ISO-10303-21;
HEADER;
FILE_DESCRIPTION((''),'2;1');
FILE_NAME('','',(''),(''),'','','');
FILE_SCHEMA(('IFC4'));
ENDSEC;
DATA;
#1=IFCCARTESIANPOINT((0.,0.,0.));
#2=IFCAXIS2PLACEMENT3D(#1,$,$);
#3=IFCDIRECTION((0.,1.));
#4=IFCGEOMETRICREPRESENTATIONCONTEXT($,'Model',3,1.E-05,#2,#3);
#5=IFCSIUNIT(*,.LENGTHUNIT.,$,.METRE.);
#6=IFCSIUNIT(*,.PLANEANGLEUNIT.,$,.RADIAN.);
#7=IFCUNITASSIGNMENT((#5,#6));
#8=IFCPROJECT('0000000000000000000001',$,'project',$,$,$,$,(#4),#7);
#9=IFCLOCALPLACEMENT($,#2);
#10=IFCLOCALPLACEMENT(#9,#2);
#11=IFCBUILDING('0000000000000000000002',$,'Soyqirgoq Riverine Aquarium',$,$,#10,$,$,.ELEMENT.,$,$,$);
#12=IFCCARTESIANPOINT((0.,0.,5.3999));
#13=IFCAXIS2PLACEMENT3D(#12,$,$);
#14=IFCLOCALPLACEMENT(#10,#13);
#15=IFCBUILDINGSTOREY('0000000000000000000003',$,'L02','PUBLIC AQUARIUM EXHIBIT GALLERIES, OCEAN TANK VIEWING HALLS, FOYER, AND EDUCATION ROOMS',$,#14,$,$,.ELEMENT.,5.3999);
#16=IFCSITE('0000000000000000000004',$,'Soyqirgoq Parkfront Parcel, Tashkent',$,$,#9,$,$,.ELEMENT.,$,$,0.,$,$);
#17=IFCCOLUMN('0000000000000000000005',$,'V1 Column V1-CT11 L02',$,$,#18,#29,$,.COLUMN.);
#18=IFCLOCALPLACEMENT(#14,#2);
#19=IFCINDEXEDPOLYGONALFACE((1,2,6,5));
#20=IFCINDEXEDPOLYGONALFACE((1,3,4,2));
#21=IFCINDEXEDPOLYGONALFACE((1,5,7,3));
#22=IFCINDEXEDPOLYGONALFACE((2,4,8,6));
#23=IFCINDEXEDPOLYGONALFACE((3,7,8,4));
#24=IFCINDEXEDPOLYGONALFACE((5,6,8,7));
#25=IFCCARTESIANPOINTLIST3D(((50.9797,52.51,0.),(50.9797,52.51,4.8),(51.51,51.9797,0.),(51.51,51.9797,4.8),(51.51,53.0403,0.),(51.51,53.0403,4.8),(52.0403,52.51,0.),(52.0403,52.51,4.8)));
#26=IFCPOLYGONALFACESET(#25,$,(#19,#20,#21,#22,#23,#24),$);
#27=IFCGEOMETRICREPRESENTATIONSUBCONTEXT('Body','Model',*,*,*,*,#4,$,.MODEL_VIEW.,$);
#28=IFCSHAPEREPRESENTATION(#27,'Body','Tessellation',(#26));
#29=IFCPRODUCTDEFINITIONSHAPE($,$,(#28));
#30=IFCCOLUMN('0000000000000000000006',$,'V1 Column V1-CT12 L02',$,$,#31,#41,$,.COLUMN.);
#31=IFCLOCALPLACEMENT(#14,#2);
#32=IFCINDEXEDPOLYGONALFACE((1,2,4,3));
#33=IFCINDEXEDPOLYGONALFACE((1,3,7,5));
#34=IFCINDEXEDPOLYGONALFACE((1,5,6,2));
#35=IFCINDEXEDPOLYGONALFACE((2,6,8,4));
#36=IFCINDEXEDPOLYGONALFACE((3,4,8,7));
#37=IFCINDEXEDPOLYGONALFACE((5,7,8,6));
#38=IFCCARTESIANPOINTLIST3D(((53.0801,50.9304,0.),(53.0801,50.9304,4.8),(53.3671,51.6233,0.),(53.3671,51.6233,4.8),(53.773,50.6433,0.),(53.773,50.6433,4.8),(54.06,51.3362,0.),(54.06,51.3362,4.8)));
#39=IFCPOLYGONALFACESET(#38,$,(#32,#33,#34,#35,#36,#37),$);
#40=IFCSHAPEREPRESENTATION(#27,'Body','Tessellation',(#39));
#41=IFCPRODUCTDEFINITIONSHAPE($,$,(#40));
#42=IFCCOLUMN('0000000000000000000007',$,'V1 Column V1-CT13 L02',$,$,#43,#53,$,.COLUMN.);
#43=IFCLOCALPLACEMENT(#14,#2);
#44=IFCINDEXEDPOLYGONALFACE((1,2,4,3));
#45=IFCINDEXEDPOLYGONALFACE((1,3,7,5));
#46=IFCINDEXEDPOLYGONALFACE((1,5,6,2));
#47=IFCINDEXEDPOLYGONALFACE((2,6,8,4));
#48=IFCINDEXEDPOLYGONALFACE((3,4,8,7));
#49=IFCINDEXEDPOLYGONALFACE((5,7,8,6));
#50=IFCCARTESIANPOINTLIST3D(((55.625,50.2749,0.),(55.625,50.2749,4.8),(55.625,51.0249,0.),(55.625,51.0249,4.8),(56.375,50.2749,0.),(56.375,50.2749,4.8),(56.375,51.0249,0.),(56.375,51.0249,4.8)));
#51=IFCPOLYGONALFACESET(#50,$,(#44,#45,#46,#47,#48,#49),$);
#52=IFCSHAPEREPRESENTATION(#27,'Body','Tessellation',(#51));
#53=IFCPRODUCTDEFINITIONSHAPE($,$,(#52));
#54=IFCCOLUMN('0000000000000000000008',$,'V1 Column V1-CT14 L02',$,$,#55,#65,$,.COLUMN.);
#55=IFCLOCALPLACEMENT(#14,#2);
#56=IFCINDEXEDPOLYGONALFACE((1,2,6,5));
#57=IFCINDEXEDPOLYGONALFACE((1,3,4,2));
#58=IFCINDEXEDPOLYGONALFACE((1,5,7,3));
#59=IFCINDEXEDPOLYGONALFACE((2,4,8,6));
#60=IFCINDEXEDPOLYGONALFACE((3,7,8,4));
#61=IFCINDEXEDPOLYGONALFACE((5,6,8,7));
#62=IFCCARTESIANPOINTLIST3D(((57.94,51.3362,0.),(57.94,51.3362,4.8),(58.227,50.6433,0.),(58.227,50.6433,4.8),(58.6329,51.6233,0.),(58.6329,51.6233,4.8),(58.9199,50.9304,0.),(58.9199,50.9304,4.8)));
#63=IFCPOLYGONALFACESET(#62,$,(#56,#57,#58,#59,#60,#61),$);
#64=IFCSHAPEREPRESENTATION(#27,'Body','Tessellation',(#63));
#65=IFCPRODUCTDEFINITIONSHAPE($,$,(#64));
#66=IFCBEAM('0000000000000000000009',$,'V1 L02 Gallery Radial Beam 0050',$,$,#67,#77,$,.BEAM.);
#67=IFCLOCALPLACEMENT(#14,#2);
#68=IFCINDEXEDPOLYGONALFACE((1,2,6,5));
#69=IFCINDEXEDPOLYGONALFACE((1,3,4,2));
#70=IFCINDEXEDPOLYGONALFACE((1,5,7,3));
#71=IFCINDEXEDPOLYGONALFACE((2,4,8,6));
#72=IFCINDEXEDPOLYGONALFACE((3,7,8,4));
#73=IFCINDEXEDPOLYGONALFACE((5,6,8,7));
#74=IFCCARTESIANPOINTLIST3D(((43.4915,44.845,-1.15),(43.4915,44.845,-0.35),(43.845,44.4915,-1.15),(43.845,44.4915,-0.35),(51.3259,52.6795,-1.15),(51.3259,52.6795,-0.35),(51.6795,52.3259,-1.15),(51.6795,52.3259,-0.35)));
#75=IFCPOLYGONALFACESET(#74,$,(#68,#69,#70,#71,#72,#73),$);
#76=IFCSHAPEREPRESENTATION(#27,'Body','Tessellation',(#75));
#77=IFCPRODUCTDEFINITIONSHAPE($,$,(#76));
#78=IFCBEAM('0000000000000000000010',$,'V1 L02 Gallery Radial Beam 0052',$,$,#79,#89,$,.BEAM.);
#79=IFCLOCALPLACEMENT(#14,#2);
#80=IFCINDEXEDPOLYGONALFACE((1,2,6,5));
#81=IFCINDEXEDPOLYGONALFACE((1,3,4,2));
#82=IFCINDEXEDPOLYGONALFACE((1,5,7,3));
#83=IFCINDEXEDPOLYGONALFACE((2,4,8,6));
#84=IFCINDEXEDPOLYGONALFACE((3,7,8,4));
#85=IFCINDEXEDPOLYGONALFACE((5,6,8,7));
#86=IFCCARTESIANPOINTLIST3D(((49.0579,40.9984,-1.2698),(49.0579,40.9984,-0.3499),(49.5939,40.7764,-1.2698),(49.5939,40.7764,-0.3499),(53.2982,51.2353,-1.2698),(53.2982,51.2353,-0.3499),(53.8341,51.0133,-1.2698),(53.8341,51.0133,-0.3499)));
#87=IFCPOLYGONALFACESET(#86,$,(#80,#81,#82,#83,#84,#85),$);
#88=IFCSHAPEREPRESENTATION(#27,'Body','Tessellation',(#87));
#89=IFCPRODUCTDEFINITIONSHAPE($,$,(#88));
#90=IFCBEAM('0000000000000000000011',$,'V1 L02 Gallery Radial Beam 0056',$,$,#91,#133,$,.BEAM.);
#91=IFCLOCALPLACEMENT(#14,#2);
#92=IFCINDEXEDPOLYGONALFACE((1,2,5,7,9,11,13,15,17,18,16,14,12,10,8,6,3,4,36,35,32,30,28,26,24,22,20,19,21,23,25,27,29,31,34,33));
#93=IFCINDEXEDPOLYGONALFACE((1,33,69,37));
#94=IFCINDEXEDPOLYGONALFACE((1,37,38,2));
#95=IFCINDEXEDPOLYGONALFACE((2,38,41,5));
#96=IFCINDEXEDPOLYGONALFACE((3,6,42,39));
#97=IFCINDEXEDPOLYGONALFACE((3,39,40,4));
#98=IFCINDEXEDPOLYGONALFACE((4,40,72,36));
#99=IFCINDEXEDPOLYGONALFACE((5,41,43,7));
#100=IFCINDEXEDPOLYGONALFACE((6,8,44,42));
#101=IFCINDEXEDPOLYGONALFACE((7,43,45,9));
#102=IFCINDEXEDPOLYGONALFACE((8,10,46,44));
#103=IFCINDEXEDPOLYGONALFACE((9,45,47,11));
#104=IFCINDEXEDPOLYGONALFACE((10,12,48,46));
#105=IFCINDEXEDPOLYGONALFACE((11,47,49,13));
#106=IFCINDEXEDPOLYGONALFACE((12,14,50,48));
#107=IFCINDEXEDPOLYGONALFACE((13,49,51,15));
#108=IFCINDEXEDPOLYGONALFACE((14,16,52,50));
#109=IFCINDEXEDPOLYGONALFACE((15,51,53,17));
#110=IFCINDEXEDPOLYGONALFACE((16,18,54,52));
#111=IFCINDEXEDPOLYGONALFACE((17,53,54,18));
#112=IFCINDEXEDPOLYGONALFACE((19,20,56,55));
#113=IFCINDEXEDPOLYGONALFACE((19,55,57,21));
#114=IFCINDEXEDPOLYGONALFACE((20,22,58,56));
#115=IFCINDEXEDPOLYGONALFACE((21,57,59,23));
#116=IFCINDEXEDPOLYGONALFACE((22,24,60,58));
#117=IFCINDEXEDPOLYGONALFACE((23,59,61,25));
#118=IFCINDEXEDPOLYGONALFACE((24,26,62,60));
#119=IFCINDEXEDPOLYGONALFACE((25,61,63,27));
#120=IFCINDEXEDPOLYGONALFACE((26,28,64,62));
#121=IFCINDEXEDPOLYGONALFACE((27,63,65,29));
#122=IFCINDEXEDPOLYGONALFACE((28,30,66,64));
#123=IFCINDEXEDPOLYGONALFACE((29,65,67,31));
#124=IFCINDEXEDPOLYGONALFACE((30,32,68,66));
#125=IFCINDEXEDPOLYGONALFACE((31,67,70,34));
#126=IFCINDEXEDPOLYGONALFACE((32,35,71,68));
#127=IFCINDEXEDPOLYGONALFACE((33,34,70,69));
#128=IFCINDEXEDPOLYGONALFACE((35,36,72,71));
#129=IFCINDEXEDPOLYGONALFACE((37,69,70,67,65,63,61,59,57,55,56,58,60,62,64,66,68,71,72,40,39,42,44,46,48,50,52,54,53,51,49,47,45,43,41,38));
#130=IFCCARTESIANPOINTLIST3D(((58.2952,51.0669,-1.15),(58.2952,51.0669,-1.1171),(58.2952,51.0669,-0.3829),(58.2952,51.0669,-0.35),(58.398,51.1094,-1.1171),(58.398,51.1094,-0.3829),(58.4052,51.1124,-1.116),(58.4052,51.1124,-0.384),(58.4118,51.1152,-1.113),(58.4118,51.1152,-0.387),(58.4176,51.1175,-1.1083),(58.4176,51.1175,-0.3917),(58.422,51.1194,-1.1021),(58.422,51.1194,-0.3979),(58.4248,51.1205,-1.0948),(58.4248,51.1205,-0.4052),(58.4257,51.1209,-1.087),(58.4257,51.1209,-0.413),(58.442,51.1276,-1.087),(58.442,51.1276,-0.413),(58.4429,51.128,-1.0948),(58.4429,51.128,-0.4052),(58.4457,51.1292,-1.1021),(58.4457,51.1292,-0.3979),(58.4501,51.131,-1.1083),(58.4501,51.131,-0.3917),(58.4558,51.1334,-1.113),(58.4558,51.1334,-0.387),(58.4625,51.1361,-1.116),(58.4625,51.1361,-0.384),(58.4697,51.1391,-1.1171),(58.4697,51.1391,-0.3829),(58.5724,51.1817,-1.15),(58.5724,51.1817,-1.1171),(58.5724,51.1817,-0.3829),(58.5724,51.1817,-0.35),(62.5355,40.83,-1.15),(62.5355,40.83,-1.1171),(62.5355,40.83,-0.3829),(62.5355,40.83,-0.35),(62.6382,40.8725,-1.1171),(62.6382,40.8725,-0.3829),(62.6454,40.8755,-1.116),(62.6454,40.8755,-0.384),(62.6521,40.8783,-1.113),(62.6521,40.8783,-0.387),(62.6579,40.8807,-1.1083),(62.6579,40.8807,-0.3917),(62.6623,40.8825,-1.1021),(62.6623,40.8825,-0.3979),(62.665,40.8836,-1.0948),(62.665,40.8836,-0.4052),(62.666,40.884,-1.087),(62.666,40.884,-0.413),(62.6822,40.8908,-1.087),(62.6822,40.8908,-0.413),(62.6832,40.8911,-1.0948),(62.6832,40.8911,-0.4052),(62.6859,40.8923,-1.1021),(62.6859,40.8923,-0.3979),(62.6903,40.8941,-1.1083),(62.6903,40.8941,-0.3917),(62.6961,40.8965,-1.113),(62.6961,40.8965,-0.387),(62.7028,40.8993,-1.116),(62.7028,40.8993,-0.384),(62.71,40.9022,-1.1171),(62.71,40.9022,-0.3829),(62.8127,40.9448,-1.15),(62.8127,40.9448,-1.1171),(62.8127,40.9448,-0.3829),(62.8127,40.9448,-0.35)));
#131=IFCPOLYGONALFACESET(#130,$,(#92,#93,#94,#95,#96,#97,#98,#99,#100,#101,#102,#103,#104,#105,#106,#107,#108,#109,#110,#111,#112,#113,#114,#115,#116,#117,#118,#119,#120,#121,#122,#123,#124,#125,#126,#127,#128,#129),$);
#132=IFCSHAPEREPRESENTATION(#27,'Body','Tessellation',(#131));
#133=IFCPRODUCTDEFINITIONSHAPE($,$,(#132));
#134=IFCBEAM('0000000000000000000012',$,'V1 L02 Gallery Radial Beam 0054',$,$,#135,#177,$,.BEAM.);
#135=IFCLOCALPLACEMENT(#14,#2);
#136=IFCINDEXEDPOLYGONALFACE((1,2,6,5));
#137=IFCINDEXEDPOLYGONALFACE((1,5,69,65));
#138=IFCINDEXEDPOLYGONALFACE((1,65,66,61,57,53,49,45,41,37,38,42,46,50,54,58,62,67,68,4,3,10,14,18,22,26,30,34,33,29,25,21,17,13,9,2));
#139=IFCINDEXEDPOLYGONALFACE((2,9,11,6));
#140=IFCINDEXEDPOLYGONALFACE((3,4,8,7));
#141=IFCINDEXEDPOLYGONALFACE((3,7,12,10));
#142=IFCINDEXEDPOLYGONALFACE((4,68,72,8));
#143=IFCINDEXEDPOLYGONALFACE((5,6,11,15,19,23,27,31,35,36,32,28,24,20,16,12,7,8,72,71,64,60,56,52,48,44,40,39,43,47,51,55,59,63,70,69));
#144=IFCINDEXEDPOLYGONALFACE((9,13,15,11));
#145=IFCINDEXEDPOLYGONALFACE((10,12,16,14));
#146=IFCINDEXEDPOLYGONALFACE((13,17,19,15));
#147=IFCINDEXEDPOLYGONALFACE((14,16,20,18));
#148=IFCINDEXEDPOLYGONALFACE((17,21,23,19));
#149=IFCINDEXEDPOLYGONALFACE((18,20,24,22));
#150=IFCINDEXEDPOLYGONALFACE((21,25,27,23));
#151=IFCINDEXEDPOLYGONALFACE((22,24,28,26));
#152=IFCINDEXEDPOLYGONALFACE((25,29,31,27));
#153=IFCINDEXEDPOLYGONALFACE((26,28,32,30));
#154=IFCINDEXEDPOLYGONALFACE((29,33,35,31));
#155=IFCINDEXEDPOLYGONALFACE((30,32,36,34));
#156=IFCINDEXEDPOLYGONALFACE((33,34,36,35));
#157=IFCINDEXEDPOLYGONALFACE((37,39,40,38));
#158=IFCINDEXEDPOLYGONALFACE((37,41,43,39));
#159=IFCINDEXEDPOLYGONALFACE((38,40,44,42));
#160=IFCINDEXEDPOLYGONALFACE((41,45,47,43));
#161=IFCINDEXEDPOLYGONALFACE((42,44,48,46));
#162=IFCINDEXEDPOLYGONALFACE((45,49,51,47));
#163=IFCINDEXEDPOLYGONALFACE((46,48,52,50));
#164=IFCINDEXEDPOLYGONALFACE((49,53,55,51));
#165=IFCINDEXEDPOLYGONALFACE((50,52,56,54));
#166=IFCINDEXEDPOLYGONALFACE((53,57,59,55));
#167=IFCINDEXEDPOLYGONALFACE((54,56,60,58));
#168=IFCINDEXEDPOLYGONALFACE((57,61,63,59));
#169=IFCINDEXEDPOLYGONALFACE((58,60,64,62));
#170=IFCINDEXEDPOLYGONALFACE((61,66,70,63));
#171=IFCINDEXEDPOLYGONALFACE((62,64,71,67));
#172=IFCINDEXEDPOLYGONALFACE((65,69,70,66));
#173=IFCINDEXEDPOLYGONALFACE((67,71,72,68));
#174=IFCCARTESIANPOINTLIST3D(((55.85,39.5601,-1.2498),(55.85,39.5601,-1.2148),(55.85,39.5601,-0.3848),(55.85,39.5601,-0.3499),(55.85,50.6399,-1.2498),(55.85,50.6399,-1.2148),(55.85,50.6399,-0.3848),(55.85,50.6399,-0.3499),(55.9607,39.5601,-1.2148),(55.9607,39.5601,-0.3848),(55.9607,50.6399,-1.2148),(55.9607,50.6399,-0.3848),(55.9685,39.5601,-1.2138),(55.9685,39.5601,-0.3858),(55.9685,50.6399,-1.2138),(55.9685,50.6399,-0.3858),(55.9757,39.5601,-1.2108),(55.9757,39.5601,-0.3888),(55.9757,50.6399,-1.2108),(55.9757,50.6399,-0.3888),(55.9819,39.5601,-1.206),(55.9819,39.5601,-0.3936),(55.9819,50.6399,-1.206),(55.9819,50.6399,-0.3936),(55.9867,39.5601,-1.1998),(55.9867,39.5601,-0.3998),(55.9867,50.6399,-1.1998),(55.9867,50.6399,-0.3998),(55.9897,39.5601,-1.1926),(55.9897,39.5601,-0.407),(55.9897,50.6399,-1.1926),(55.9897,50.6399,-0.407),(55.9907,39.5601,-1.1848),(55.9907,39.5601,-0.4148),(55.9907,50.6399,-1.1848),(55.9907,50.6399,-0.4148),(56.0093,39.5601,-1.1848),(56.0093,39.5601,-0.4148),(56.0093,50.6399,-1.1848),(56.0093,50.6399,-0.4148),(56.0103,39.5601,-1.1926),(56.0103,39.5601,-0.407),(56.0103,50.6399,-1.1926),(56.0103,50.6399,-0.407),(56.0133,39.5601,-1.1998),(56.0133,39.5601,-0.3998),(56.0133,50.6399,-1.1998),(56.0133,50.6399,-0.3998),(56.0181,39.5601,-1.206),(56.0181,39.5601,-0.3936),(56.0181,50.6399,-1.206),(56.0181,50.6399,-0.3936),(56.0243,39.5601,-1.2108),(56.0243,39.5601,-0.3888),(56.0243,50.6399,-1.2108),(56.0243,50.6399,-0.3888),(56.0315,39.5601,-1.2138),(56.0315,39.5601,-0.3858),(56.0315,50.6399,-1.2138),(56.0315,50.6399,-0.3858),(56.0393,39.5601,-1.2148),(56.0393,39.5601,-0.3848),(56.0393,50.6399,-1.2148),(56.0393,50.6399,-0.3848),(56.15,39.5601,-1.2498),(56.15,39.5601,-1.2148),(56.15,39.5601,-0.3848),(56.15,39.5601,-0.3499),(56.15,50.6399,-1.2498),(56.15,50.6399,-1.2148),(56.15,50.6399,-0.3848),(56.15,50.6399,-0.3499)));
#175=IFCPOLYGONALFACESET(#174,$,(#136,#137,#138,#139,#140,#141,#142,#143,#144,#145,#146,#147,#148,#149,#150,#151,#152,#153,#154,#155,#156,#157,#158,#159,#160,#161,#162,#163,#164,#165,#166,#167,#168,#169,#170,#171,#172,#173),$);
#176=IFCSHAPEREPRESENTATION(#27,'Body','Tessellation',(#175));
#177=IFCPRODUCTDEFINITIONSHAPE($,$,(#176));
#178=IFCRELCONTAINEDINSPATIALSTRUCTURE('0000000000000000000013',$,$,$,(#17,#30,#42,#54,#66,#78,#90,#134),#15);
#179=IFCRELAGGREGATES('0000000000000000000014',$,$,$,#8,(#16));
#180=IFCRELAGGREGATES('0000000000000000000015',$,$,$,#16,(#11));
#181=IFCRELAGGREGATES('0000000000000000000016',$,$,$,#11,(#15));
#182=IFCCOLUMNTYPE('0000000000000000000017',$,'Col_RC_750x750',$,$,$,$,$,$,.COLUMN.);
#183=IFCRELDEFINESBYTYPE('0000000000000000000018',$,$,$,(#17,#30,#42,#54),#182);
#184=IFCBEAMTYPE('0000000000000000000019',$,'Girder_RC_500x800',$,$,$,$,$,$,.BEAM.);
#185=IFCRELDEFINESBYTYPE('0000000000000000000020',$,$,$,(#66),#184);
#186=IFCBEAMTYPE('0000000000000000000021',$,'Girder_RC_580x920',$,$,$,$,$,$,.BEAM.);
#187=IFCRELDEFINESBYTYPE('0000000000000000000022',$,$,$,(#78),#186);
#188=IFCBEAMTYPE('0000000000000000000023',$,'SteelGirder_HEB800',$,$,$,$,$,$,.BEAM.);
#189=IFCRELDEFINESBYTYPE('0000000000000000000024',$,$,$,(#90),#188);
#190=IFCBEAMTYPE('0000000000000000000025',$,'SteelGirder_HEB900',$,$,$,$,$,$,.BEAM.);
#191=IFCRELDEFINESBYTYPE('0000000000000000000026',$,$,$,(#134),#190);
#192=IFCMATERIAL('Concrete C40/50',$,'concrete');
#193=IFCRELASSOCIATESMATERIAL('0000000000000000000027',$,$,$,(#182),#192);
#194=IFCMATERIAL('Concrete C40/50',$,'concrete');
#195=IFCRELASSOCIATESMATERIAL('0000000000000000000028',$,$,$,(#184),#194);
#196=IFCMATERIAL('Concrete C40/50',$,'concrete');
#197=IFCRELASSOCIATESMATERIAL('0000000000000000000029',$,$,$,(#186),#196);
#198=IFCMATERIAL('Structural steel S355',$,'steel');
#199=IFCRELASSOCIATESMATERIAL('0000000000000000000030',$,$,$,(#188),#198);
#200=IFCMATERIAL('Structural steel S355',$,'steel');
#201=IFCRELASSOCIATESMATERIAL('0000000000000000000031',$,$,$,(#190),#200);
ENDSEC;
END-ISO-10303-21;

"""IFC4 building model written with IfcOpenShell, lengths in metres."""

from ifc_helpers import new_model, si_unit, direction, frame, origin, origin_2d, place, context, subcontext, project, spatial, rectangle, i_section, extrude, material, material_profile, profile_set, type_object, element, save


model = new_model("IFC4")

# Units and contexts
model_context = context("Model", 3, precision=1e-05, world=origin(), true_north=direction((0.0, 1.0)))
body_context = subcontext(model_context, "Body", "Model", "MODEL_VIEW")
ifc_project = project(units=[si_unit("LENGTHUNIT", "METRE"), si_unit("PLANEANGLEUNIT", "RADIAN")], contexts=[model_context])

# Site, building, storey
site_placement = place(None, origin())
site = spatial("IfcSite", under=ifc_project, at=site_placement, Name="Soyqirgoq Parkfront Parcel, Tashkent", CompositionType="ELEMENT", RefElevation=0.0)
building_placement = place(site_placement, origin())
building = spatial("IfcBuilding", under=site, at=building_placement, Name="Soyqirgoq Riverine Aquarium", CompositionType="ELEMENT")
storey_placement = place(building_placement, frame((0.0, 0.0, 5.3999)))
storey = spatial("IfcBuildingStorey", under=building, at=storey_placement, Name="L02", Description="PUBLIC AQUARIUM EXHIBIT GALLERIES, OCEAN TANK VIEWING HALLS, FOYER, AND EDUCATION ROOMS", CompositionType="ELEMENT", Elevation=5.3999)

# Columns
ifc_material_1 = material(Name="Concrete C40/50", Category="concrete")
ifc_material_profile_1 = material_profile(ifc_material_1, rectangle(XDim=0.75, YDim=0.75, at=origin_2d()), Name="RC 750x750")
ifc_profile_set_1 = profile_set([ifc_material_profile_1], Name="Concrete C40/50")
column_type = type_object("IfcColumnType", Name="Col_RC_750x750", PredefinedType="COLUMN", material=ifc_profile_set_1)
for number, where, z_axis, x_axis, name in (
    (1, (51.51, 52.51, 0.0), (0.0, 0.0, 1.0), (-0.707107, -0.707107, 0.0), "V1 Column V1-CT11 L02"),
    (2, (53.5701, 51.1333, 0.0), (0.0, 0.0, 1.0), (-0.382683, -0.92388, 0.0), "V1 Column V1-CT12 L02"),
    (3, (56.0, 50.6499, 0.0), (0.0, 0.0, 1.0), (0.0, -1.0, 0.0), "V1 Column V1-CT13 L02"),
    (4, (58.4299, 51.1333, 0.0), (0.0, 0.0, 1.0), (0.382683, -0.92388, 0.0), "V1 Column V1-CT14 L02"),
):
    element("IfcColumn", number, at=place(storey_placement, frame(where, z_axis=z_axis, x_axis=x_axis)), inside=storey, type_object=column_type, Name=name, PredefinedType="COLUMN", context=body_context, shape_type="SweptSolid", body=[
        extrude(rectangle(XDim=0.75, YDim=0.75, at=origin_2d()), origin(), (0.0, 0.0, 1.0), 4.8),
    ])

# Beams
ifc_material_2 = material(Name="Concrete C40/50", Category="concrete")
ifc_material_profile_2 = material_profile(ifc_material_2, rectangle(XDim=0.5, YDim=0.8, at=origin_2d()), Name="RC 500x800")
ifc_profile_set_2 = profile_set([ifc_material_profile_2], Name="Concrete C40/50")
beam_type_1 = type_object("IfcBeamType", Name="Girder_RC_500x800", PredefinedType="BEAM", material=ifc_profile_set_2)
beam_1_placement = place(storey_placement, frame((51.5027, 52.5027, -0.75), z_axis=(-0.707107, -0.707107, 0.0), x_axis=(0.707107, -0.707107, 0.0)))
element("IfcBeam", 5, at=beam_1_placement, inside=storey, type_object=beam_type_1, Name="V1 L02 Gallery Radial Beam 0050", PredefinedType="BEAM", context=body_context, shape_type="SweptSolid", body=[
    extrude(rectangle(XDim=0.5, YDim=0.8, at=origin_2d()), origin(), (0.0, 0.0, 1.0), 11.0796),
])
ifc_material_3 = material(Name="Concrete C40/50", Category="concrete")
ifc_material_profile_3 = material_profile(ifc_material_3, rectangle(XDim=0.5801, YDim=0.9199, at=origin_2d()), Name="RC 580x920")
ifc_profile_set_3 = profile_set([ifc_material_profile_3], Name="Concrete C40/50")
beam_type_2 = type_object("IfcBeamType", Name="Girder_RC_580x920", PredefinedType="BEAM", material=ifc_profile_set_3)
beam_2_placement = place(storey_placement, frame((53.5662, 51.1243, -0.8098), z_axis=(-0.382684, -0.923879, 0.0), x_axis=(0.923879, -0.382684, 0.0)))
element("IfcBeam", 6, at=beam_2_placement, inside=storey, type_object=beam_type_2, Name="V1 L02 Gallery Radial Beam 0052", PredefinedType="BEAM", context=body_context, shape_type="SweptSolid", body=[
    extrude(rectangle(XDim=0.5801, YDim=0.9199, at=origin_2d()), origin(), (0.0, 0.0, 1.0), 11.0803),
])
ifc_material_4 = material(Name="Structural steel S355", Category="steel")
ifc_material_profile_4 = material_profile(ifc_material_4, i_section(OverallWidth=0.3, OverallDepth=0.8, WebThickness=0.0176, FlangeThickness=0.033, FilletRadius=0.03, at=origin_2d()), Name="HEB 800")
ifc_profile_set_4 = profile_set([ifc_material_profile_4], Name="Structural steel S355")
beam_type_3 = type_object("IfcBeamType", Name="SteelGirder_HEB800", PredefinedType="BEAM", material=ifc_profile_set_4)
beam_3_placement = place(storey_placement, frame((58.4338, 51.1243, -0.75), z_axis=(0.382684, -0.923879, 0.0), x_axis=(0.923879, 0.382684, 0.0)))
element("IfcBeam", 7, at=beam_3_placement, inside=storey, type_object=beam_type_3, Name="V1 L02 Gallery Radial Beam 0056", PredefinedType="BEAM", context=body_context, shape_type="SweptSolid", body=[
    extrude(i_section(OverallWidth=0.3, OverallDepth=0.8, WebThickness=0.0176, FlangeThickness=0.033, FilletRadius=0.03, at=origin_2d()), origin(), (0.0, 0.0, 1.0), 11.0803),
])
ifc_material_5 = material(Name="Structural steel S355", Category="steel")
ifc_material_profile_5 = material_profile(ifc_material_5, i_section(OverallWidth=0.3, OverallDepth=0.8999, WebThickness=0.0186, FlangeThickness=0.0349, FilletRadius=0.03, at=origin_2d()), Name="HEB 900")
ifc_profile_set_5 = profile_set([ifc_material_profile_5], Name="Structural steel S355")
beam_type_4 = type_object("IfcBeamType", Name="SteelGirder_HEB900", PredefinedType="BEAM", material=ifc_profile_set_5)
beam_4_placement = place(storey_placement, frame((56.0, 50.6399, -0.7998), z_axis=(0.0, -1.0, 0.0), x_axis=(1.0, 0.0, 0.0)))
element("IfcBeam", 8, at=beam_4_placement, inside=storey, type_object=beam_type_4, Name="V1 L02 Gallery Radial Beam 0054", PredefinedType="BEAM", context=body_context, shape_type="SweptSolid", body=[
    extrude(i_section(OverallWidth=0.3, OverallDepth=0.8999, WebThickness=0.0186, FlangeThickness=0.0349, FilletRadius=0.03, at=origin_2d()), origin(), (0.0, 0.0, 1.0), 11.0798),
])

save(model, "model.ifc")
